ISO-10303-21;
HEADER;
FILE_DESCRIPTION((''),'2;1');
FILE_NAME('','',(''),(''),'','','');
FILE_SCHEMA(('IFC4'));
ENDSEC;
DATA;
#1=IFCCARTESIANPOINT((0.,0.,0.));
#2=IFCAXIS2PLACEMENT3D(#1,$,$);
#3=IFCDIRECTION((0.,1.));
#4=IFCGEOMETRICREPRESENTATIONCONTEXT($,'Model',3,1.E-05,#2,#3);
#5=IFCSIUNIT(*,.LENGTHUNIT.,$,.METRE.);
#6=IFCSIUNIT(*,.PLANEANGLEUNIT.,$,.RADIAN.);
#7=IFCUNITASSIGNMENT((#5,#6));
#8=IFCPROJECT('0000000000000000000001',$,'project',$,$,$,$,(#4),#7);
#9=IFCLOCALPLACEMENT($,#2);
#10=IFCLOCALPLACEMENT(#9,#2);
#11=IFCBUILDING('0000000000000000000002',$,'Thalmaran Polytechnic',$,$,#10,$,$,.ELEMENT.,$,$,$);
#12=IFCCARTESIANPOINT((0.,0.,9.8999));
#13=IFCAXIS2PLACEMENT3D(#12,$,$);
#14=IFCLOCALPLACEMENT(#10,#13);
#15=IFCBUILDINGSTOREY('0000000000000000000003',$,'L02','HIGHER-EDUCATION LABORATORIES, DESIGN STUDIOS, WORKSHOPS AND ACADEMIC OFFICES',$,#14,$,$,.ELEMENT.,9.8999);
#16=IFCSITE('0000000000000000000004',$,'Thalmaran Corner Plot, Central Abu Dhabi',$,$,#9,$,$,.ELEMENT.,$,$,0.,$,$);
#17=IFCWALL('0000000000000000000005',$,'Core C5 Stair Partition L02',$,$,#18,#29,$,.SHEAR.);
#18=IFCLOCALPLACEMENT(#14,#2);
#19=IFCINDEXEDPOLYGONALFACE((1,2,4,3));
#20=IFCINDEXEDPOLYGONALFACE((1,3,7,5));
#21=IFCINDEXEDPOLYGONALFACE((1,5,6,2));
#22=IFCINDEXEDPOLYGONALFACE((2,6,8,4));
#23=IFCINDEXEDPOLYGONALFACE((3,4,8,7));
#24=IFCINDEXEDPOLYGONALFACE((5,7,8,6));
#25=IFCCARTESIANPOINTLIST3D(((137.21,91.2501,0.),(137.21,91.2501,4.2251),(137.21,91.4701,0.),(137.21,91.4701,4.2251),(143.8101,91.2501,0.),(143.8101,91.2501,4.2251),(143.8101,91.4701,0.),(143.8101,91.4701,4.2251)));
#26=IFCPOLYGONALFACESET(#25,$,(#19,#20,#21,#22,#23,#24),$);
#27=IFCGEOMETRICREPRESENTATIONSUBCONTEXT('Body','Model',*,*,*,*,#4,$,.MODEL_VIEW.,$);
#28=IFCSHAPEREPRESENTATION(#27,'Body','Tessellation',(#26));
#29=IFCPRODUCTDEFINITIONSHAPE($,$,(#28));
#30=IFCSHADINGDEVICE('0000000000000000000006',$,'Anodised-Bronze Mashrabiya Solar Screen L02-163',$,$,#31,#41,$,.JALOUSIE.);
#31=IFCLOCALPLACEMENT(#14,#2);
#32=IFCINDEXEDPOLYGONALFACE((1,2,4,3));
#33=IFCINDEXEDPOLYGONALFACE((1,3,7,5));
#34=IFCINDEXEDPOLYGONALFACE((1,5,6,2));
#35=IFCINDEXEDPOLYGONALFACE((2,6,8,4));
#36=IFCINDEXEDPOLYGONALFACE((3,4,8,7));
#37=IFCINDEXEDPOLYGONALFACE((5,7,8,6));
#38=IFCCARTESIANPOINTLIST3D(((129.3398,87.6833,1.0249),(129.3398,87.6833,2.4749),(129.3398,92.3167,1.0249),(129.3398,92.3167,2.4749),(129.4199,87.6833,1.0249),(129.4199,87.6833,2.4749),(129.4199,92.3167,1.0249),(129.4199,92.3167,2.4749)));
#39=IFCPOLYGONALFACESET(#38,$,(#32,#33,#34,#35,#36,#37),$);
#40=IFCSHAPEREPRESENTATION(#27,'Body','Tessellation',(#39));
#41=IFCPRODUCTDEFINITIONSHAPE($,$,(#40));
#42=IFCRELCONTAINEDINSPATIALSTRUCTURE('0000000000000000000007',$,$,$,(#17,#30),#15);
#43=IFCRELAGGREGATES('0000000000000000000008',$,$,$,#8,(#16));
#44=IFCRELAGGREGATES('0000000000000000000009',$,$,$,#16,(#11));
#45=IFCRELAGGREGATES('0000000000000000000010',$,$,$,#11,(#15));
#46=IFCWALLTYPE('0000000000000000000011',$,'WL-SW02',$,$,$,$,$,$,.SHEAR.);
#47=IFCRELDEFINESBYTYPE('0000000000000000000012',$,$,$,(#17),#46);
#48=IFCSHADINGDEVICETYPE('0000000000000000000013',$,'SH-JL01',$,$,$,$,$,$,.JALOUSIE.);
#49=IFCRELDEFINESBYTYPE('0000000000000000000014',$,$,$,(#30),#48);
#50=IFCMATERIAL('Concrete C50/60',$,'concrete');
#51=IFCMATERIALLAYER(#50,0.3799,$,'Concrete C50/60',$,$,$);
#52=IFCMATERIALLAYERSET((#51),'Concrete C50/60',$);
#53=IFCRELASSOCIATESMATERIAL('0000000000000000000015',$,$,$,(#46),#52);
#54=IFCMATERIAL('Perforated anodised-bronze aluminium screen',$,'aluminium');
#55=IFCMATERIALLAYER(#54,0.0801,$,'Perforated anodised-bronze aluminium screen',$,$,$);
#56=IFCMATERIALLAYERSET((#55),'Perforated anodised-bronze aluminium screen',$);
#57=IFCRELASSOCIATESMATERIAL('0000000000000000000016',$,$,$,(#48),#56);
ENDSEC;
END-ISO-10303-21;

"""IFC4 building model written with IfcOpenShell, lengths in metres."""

from ifc_helpers import new_model, si_unit, direction, frame, frame_2d, origin, origin_2d, place, context, subcontext, project, spatial, rectangle, extrude, material, layer, layer_set, type_object, element, save


model = new_model("IFC4")

# Units and contexts
model_context = context("Model", 3, precision=1e-05, world=origin(), true_north=direction((0.0, 1.0)))
body_context = subcontext(model_context, "Body", "Model", "MODEL_VIEW")
ifc_project = project(units=[si_unit("LENGTHUNIT", "METRE"), si_unit("PLANEANGLEUNIT", "RADIAN")], contexts=[model_context])

# Site, building, storey
site_placement = place(None, origin())
site = spatial("IfcSite", under=ifc_project, at=site_placement, Name="Thalmaran Corner Plot, Central Abu Dhabi", CompositionType="ELEMENT", RefElevation=0.0)
building_placement = place(site_placement, origin())
building = spatial("IfcBuilding", under=site, at=building_placement, Name="Thalmaran Polytechnic", CompositionType="ELEMENT")
storey_placement = place(building_placement, frame((0.0, 0.0, 9.8999)))
storey = spatial("IfcBuildingStorey", under=building, at=storey_placement, Name="L02", Description="HIGHER-EDUCATION LABORATORIES, DESIGN STUDIOS, WORKSHOPS AND ACADEMIC OFFICES", CompositionType="ELEMENT", Elevation=9.8999)

# Shared definitions
ifc_material_1 = material(Name="Concrete C50/60", Category="concrete")

# Wall
ifc_layer_1 = layer(ifc_material_1, 0.3799, Name="Concrete C50/60")
ifc_layer_set_1 = layer_set([ifc_layer_1], Name="Concrete C50/60")
wall_type_1 = type_object("IfcWallType", Name="WL-SW02", PredefinedType="SHEAR", material=ifc_layer_set_1)
wall_1_placement = place(storey_placement, frame((137.21, 91.3601, 0.0), z_axis=(0.0, 0.0, 1.0), x_axis=(1.0, 0.0, 0.0)))
element("IfcWall", 1, at=wall_1_placement, inside=storey, type_object=wall_type_1, Name="Core C5 Stair Partition L02", PredefinedType="SHEAR", context=body_context, shape_type="SweptSolid", body=[
    extrude(rectangle(XDim=6.6001, YDim=0.22, at=frame_2d((3.3, 0.0))), origin(), (0.0, 0.0, 1.0), 4.2251),
])

# Shading device
ifc_material_2 = material(Name="Perforated anodised-bronze aluminium screen", Category="aluminium")
ifc_layer_2 = layer(ifc_material_2, 0.0801, Name="Perforated anodised-bronze aluminium screen")
ifc_layer_set_2 = layer_set([ifc_layer_2], Name="Perforated anodised-bronze aluminium screen")
shading_device_type = type_object("IfcShadingDeviceType", Name="SH-JL01", PredefinedType="JALOUSIE", material=ifc_layer_set_2)
shading_device_placement = place(storey_placement, frame((129.3799, 90.0, 1.0249), z_axis=(0.0, 0.0, 1.0), x_axis=(0.0, 1.0, 0.0)))
element("IfcShadingDevice", 2, at=shading_device_placement, inside=storey, type_object=shading_device_type, Name="Anodised-Bronze Mashrabiya Solar Screen L02-163", PredefinedType="JALOUSIE", context=body_context, shape_type="SweptSolid", body=[
    extrude(rectangle(XDim=4.6333, YDim=0.0801, at=origin_2d()), origin(), (0.0, 0.0, 1.0), 1.45),
])

save(model, "model.ifc")
